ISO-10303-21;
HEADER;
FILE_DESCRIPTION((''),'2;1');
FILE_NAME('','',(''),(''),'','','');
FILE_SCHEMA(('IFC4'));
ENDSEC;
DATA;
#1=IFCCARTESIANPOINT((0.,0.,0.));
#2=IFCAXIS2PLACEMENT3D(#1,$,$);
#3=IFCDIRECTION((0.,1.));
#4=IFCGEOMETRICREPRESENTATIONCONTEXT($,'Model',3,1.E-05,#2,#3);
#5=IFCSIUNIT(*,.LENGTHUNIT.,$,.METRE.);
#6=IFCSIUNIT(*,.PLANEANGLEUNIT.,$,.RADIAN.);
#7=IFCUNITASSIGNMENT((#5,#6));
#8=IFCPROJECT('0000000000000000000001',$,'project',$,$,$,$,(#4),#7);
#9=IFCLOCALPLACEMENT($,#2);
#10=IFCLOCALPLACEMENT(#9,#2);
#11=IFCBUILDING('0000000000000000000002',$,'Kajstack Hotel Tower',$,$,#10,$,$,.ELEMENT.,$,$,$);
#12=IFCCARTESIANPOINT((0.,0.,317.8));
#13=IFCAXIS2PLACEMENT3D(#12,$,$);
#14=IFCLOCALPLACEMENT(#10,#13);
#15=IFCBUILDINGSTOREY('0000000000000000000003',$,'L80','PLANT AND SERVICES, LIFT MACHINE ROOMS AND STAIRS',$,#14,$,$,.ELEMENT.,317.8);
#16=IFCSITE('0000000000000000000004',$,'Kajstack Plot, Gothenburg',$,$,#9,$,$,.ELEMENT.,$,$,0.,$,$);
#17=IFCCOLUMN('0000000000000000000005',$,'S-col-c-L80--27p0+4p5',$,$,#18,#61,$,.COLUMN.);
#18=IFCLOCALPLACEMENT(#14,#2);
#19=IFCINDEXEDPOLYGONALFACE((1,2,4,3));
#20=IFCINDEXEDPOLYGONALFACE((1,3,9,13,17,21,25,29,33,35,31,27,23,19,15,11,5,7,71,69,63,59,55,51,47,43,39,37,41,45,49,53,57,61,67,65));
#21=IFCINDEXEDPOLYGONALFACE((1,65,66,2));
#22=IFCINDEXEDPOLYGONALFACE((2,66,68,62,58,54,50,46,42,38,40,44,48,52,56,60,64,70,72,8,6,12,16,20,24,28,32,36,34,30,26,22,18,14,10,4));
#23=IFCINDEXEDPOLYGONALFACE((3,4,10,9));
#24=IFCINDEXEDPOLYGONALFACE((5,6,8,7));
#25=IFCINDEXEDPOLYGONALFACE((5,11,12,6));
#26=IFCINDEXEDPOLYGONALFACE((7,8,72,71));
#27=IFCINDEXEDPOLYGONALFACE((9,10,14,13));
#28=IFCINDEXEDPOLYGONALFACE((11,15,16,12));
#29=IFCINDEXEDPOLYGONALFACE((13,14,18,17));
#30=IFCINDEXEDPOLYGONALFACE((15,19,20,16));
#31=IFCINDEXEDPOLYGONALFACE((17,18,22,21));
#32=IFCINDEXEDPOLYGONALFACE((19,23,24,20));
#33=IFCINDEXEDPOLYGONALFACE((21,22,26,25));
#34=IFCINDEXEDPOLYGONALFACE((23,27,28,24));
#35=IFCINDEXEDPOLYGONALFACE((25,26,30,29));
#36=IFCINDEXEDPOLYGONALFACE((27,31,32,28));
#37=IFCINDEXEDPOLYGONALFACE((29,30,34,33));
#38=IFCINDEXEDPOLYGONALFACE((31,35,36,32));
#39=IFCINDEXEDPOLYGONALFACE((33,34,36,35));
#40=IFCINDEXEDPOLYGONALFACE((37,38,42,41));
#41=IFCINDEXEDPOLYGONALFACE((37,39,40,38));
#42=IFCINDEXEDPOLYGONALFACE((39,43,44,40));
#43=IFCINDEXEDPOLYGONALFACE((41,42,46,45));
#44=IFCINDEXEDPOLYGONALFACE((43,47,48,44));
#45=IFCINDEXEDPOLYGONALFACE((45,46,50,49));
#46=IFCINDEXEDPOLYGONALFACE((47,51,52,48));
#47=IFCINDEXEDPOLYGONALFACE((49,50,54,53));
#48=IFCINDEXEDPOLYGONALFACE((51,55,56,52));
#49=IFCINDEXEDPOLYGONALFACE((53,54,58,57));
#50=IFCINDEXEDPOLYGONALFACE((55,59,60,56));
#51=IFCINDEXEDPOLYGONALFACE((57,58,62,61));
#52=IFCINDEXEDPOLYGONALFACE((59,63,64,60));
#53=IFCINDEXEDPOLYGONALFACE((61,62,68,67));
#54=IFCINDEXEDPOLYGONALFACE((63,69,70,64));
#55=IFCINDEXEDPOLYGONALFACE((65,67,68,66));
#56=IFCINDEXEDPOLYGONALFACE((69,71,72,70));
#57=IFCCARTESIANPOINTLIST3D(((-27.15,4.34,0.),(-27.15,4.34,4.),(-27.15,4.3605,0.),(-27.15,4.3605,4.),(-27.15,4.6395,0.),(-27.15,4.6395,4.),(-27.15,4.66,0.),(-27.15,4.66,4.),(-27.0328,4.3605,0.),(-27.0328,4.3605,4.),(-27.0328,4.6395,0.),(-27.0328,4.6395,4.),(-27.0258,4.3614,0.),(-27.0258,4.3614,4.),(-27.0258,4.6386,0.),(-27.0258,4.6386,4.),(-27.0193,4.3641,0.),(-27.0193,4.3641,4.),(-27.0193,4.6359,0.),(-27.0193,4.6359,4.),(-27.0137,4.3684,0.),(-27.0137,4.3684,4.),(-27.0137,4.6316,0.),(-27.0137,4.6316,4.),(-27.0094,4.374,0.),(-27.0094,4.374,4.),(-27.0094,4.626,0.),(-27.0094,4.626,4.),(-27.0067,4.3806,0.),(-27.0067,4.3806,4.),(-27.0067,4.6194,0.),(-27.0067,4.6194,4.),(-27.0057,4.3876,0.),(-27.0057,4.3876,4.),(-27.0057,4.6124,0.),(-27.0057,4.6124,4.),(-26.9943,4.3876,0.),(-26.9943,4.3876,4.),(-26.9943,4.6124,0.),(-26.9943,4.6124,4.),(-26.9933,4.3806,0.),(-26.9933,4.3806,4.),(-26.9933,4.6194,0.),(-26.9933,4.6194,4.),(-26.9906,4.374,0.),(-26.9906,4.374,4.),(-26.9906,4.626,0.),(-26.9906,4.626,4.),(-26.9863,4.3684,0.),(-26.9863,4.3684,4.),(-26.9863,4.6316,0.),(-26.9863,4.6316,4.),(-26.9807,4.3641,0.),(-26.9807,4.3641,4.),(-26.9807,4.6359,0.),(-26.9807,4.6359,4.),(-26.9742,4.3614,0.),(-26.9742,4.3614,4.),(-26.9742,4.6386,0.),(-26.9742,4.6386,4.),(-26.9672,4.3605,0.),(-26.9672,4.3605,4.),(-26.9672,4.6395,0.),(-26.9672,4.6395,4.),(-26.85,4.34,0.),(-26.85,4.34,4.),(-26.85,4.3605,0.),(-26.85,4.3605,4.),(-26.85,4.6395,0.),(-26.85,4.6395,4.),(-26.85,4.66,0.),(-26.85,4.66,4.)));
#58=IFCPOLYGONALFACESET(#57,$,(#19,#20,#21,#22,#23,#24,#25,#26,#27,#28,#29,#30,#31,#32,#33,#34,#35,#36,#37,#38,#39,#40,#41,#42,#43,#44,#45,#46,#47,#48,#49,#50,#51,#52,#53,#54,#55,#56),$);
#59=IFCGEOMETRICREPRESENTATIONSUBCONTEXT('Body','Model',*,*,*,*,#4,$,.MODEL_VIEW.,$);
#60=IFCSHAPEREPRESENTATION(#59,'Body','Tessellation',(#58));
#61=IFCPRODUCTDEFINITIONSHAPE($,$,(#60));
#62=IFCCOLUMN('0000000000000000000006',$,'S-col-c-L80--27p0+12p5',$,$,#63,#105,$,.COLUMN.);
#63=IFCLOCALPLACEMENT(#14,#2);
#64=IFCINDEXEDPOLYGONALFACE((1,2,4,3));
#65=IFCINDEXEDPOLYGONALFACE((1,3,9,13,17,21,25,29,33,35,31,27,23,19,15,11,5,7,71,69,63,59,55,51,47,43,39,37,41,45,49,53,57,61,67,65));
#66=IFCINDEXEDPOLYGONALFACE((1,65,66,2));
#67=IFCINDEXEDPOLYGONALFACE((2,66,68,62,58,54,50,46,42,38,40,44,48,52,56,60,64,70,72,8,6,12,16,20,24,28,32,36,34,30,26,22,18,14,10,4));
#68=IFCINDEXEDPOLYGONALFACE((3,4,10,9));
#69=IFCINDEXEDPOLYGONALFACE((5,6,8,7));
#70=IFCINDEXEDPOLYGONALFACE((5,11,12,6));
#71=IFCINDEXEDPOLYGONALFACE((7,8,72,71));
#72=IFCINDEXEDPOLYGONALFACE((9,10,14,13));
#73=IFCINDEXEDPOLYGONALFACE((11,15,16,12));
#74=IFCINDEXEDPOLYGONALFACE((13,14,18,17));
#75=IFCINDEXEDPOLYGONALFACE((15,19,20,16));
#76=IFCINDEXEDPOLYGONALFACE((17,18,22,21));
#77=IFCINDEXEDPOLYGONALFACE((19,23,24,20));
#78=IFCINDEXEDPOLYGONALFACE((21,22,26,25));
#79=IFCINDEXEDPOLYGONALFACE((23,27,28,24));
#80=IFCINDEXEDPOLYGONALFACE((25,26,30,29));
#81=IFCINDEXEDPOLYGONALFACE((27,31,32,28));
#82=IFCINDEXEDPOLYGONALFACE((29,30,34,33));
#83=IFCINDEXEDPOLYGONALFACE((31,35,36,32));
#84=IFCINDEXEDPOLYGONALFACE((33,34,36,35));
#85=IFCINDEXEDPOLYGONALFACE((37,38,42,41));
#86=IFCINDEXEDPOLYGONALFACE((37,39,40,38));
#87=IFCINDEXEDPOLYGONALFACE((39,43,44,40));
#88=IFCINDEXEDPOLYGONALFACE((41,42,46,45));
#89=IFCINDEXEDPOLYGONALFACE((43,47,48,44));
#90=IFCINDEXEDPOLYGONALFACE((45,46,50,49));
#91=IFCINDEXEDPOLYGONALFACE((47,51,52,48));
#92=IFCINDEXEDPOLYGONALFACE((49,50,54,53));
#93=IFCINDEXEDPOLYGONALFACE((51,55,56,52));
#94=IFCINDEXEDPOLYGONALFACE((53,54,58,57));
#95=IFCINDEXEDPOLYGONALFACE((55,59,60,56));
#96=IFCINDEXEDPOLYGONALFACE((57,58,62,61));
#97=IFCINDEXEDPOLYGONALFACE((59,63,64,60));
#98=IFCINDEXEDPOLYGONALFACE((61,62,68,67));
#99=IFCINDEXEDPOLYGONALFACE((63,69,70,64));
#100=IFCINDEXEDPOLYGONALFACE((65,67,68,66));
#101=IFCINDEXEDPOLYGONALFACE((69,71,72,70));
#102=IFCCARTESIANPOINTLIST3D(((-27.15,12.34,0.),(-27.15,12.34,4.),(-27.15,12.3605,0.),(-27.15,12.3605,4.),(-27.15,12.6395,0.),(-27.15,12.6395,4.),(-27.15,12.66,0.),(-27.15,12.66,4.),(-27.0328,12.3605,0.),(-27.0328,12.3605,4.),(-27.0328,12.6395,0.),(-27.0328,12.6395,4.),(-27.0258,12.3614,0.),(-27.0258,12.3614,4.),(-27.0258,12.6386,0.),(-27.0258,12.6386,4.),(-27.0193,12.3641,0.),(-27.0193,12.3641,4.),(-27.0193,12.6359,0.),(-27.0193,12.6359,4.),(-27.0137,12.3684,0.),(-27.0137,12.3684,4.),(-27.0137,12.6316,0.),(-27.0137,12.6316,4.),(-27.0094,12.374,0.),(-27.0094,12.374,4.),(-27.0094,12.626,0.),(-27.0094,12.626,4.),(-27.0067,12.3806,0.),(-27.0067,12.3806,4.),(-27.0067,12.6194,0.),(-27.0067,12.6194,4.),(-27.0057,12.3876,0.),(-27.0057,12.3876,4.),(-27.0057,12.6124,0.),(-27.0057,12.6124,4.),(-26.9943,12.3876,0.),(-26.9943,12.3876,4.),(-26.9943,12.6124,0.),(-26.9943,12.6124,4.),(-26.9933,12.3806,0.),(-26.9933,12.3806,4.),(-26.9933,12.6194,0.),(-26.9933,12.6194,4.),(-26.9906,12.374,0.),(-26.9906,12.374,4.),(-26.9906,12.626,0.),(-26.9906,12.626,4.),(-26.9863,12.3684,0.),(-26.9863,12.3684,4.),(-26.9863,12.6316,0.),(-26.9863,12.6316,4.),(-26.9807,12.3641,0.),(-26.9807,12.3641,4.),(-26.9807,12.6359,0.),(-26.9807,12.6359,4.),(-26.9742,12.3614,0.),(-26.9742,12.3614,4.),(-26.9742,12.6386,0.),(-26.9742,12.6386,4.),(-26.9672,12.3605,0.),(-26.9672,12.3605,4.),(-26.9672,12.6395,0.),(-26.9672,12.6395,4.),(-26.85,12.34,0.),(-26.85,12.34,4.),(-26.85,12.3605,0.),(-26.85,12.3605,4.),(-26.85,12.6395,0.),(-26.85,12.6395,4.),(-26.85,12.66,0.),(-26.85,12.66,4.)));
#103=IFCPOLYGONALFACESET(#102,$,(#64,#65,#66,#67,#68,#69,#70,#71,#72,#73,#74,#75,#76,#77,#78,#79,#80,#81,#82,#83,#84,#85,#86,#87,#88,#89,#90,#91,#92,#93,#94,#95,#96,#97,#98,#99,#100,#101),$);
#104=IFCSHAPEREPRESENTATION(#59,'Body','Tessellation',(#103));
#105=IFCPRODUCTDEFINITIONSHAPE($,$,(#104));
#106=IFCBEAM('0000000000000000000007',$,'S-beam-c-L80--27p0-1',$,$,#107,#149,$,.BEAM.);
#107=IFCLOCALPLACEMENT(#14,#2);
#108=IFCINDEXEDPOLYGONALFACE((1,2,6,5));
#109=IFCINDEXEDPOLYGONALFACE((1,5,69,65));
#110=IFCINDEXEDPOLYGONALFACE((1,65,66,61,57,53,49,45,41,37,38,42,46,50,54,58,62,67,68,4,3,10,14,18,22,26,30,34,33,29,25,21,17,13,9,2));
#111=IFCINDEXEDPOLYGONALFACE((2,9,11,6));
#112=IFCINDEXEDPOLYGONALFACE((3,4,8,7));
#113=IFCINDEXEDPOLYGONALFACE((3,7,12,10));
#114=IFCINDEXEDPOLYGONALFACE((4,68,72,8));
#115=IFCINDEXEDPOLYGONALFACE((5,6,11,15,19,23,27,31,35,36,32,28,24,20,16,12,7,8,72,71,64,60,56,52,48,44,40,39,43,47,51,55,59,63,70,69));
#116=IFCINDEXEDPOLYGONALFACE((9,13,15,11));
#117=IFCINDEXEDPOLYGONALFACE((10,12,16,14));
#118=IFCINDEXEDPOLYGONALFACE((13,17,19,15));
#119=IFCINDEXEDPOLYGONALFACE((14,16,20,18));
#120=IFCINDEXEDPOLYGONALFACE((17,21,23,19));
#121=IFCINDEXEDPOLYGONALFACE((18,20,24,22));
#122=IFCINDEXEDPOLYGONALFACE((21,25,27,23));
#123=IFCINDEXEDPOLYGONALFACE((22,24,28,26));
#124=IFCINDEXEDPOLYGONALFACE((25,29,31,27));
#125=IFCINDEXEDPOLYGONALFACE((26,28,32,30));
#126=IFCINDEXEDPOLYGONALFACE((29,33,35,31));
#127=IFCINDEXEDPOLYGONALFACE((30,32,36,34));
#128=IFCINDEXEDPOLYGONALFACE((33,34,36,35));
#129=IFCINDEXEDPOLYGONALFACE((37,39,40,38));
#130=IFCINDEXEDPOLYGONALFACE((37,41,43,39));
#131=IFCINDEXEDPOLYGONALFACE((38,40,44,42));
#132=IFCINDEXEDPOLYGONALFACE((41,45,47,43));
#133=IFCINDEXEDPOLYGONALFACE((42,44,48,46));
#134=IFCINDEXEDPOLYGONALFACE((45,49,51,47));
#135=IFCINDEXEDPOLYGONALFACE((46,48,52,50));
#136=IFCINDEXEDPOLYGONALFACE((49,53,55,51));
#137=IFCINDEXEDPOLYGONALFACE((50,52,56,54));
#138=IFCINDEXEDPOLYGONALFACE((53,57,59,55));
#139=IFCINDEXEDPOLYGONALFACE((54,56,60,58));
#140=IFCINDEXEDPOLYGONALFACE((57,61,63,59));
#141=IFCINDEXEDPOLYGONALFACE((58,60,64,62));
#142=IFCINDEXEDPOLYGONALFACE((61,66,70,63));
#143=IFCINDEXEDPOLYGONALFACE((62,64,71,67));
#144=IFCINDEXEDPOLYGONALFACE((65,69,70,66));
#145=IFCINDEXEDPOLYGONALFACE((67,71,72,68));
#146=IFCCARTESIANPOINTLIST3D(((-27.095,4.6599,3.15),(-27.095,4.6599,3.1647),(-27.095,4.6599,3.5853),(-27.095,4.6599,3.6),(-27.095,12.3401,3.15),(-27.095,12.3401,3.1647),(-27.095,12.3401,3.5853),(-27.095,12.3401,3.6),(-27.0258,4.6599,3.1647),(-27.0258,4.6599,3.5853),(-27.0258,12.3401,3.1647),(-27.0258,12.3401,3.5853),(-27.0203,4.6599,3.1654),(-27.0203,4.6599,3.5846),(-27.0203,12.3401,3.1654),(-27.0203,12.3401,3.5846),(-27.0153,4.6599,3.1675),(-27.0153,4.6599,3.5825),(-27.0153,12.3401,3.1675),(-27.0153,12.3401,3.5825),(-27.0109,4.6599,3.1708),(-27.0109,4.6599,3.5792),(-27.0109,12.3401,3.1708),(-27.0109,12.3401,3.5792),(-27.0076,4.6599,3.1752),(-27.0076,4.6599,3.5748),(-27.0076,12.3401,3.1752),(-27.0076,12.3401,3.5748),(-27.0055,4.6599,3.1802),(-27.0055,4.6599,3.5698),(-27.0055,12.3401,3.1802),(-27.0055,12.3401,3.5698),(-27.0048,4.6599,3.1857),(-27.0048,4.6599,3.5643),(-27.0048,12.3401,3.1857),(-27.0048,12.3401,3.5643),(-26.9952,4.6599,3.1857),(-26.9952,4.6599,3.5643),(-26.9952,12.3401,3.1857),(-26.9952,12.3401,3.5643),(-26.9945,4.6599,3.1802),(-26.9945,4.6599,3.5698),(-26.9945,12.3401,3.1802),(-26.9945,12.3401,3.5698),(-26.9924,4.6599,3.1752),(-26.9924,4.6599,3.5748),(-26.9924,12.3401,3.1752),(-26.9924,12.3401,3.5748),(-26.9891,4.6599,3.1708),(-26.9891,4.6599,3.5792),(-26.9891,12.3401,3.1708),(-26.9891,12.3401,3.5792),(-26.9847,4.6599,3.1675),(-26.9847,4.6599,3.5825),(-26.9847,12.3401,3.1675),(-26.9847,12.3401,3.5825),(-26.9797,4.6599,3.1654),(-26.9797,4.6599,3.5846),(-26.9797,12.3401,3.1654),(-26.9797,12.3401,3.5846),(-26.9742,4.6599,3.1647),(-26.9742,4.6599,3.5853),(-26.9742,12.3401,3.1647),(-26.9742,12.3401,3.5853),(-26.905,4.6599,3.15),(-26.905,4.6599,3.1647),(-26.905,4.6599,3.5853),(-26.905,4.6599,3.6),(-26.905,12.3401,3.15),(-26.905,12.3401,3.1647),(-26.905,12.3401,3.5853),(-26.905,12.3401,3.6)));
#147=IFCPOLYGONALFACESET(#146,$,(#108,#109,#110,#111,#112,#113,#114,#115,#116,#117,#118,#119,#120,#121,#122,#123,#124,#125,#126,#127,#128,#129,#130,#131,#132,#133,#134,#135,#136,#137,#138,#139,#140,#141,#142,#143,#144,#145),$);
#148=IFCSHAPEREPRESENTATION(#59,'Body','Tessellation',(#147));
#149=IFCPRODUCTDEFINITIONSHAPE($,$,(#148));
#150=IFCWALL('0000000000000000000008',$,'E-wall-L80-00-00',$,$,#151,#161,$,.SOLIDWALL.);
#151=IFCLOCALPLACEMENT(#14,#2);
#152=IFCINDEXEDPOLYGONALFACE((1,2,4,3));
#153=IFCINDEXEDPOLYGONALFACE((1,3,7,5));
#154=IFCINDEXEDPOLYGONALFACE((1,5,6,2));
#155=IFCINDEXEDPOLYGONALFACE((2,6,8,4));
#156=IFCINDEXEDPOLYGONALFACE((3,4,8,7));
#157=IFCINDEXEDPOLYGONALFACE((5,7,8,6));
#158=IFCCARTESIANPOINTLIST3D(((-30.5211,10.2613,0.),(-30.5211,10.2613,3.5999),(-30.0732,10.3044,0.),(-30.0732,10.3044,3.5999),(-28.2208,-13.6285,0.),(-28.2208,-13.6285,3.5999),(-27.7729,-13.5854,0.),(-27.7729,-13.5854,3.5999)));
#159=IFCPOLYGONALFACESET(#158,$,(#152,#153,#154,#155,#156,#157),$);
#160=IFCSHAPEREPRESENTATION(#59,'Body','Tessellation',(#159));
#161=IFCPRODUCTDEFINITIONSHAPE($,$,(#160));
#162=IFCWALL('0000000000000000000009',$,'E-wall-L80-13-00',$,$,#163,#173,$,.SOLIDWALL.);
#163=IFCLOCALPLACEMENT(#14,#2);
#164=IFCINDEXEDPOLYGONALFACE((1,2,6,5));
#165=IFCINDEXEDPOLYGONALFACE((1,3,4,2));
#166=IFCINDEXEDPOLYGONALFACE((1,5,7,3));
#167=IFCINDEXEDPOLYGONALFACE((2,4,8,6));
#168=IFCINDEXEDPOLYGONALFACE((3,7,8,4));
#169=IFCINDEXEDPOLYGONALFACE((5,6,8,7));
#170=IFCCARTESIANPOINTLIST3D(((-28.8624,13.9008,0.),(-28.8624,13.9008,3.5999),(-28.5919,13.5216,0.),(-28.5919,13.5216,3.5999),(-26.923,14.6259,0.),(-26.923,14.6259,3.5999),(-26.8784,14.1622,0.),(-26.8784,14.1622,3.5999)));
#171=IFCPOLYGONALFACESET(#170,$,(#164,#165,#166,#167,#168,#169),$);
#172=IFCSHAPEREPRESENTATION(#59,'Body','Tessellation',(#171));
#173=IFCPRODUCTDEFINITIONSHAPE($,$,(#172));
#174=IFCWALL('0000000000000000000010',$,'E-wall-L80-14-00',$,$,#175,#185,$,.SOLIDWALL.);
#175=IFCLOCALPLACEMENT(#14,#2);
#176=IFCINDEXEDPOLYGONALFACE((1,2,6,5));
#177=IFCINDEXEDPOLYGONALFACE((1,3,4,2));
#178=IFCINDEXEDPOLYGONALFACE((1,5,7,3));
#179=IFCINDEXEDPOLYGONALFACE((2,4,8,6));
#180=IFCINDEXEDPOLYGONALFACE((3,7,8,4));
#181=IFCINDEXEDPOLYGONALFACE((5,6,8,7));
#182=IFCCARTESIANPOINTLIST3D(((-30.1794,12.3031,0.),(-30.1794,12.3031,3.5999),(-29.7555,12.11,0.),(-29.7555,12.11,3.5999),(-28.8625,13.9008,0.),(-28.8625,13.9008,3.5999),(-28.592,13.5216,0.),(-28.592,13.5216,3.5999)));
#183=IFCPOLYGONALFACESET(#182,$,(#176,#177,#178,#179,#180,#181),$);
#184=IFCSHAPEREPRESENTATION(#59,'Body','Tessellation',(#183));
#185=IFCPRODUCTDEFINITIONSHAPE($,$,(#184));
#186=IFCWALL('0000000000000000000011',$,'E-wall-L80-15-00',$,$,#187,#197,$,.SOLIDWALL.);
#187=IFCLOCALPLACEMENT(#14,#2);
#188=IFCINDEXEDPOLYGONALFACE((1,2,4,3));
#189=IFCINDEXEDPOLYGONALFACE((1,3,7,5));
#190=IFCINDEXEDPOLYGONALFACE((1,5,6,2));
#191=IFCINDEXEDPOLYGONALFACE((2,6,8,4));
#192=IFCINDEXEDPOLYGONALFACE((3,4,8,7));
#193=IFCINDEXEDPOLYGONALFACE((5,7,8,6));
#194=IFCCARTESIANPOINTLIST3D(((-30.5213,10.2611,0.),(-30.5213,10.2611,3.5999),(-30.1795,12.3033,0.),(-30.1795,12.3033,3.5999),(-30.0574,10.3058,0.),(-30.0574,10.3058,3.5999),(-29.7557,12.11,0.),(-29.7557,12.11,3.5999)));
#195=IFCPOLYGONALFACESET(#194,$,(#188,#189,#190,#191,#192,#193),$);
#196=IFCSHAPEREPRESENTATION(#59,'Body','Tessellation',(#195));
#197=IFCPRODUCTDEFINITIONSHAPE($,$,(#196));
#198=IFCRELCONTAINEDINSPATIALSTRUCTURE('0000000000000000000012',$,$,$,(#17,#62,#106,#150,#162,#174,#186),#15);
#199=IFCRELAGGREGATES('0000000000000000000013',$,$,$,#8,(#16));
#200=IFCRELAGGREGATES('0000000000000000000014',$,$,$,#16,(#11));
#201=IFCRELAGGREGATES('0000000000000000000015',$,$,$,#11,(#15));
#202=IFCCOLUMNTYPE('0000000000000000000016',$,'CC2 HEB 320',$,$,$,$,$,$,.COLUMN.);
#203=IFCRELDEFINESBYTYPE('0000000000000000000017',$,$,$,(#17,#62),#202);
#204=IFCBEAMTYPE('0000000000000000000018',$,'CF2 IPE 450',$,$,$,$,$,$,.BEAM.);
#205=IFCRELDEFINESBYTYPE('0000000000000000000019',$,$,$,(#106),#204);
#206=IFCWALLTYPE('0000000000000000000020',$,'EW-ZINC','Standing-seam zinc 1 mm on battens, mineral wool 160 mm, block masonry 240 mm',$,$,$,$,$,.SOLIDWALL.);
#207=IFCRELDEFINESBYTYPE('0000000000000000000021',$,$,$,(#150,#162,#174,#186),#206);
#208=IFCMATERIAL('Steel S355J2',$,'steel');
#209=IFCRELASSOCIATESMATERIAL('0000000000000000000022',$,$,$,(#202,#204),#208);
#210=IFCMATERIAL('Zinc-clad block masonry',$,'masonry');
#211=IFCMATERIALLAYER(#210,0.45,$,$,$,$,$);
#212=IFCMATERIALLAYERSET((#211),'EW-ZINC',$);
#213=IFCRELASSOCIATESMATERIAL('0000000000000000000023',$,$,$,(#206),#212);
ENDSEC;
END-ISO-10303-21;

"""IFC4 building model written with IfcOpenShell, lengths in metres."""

from ifc_helpers import new_model, si_unit, direction, frame, frame_2d, origin, origin_2d, place, context, subcontext, project, spatial, polyline, rectangle, i_section, outline, extrude, material, layer, layer_set, material_profile, profile_set, type_object, element, save


model = new_model("IFC4")

# Units and contexts
model_context = context("Model", 3, precision=1e-05, world=origin(), true_north=direction((0.0, 1.0)))
body_context = subcontext(model_context, "Body", "Model", "MODEL_VIEW")
ifc_project = project(units=[si_unit("LENGTHUNIT", "METRE"), si_unit("PLANEANGLEUNIT", "RADIAN")], contexts=[model_context])

# Site, building, storey
site_placement = place(None, origin())
site = spatial("IfcSite", under=ifc_project, at=site_placement, Name="Kajstack Plot, Gothenburg", CompositionType="ELEMENT", RefElevation=0.0)
building_placement = place(site_placement, origin())
building = spatial("IfcBuilding", under=site, at=building_placement, Name="Kajstack Hotel Tower", CompositionType="ELEMENT")
storey_placement = place(building_placement, frame((0.0, 0.0, 317.8)))
storey = spatial("IfcBuildingStorey", under=building, at=storey_placement, Name="L80", Description="PLANT AND SERVICES, LIFT MACHINE ROOMS AND STAIRS", CompositionType="ELEMENT", Elevation=317.8)

# Columns
ifc_material_1 = material(Name="Steel S355J2", Category="steel")
ifc_material_profile_1 = material_profile(ifc_material_1, i_section(OverallWidth=0.3, OverallDepth=0.3201, WebThickness=0.0115, FlangeThickness=0.0205, FilletRadius=0.0271, at=origin_2d()), Name="HEB 320")
ifc_profile_set_1 = profile_set([ifc_material_profile_1], Name="Steel S355J2")
column_type = type_object("IfcColumnType", Name="CC2 HEB 320", PredefinedType="COLUMN", material=ifc_profile_set_1)
for number, where, z_axis, x_axis, name in (
    (1, (-27.0, 4.5, 0.0), (0.0, 0.0, 1.0), (1.0, 0.0, 0.0), "S-col-c-L80--27p0+4p5"),
    (2, (-27.0, 12.5, 0.0), (0.0, 0.0, 1.0), (1.0, 0.0, 0.0), "S-col-c-L80--27p0+12p5"),
):
    element("IfcColumn", number, at=place(storey_placement, frame(where, z_axis=z_axis, x_axis=x_axis)), inside=storey, type_object=column_type, Name=name, PredefinedType="COLUMN", context=body_context, shape_type="SweptSolid", body=[
        extrude(i_section(OverallWidth=0.3, OverallDepth=0.3201, WebThickness=0.0115, FlangeThickness=0.0205, FilletRadius=0.0271, at=origin_2d()), origin(), (0.0, 0.0, 1.0), 4.0),
    ])

# Beam
ifc_material_profile_2 = material_profile(ifc_material_1, i_section(OverallWidth=0.1899, OverallDepth=0.45, WebThickness=0.0095, FlangeThickness=0.0146, FilletRadius=0.021, at=origin_2d()), Name="IPE 450")
ifc_profile_set_2 = profile_set([ifc_material_profile_2], Name="Steel S355J2")
beam_type = type_object("IfcBeamType", Name="CF2 IPE 450", PredefinedType="BEAM", material=ifc_profile_set_2)
beam_placement = place(storey_placement, frame((-27.0, 4.6599, 3.375), z_axis=(0.0, 1.0, 0.0), x_axis=(-1.0, 0.0, 0.0)))
element("IfcBeam", 3, at=beam_placement, inside=storey, type_object=beam_type, Name="S-beam-c-L80--27p0-1", PredefinedType="BEAM", context=body_context, shape_type="SweptSolid", body=[
    extrude(i_section(OverallWidth=0.1899, OverallDepth=0.45, WebThickness=0.0095, FlangeThickness=0.0146, FilletRadius=0.021, at=origin_2d()), origin(), (0.0, 0.0, 1.0), 7.6802),
])

# Walls
ifc_material_2 = material(Name="Zinc-clad block masonry", Category="masonry")
ifc_layer_1 = layer(ifc_material_2, 0.45)
ifc_layer_set_1 = layer_set([ifc_layer_1], Name="EW-ZINC")
wall_type_1 = type_object("IfcWallType", Name="EW-ZINC", Description="Standing-seam zinc 1 mm on battens, mineral wool 160 mm, block masonry 240 mm", PredefinedType="SOLIDWALL", material=ifc_layer_set_1)
wall_1_placement = place(storey_placement, frame((-30.2971, 10.2827, 0.0), z_axis=(0.0, 0.0, 1.0), x_axis=(0.095845, -0.995396, 0.0)))
element("IfcWall", 4, at=wall_1_placement, inside=storey, type_object=wall_type_1, Name="E-wall-L80-00-00", PredefinedType="SOLIDWALL", context=body_context, shape_type="SweptSolid", body=[
    extrude(rectangle(XDim=24.0002, YDim=0.45, at=frame_2d((12.0, 0.0))), origin(), (0.0, 0.0, 1.0), 3.5999),
])
for number, where, z_axis, x_axis, name in (
    (5, (-26.8442, 14.4153, 0.0), (0.0, 0.0, 1.0), (-0.936678, -0.350193, 0.0), "E-wall-L80-13-00"),
    (6, (-28.689, 13.7578, 0.0), (0.0, 0.0, 1.0), (-0.636046, -0.771651, 0.0), "E-wall-L80-14-00"),
):
    element("IfcWall", number, at=place(storey_placement, frame(where, z_axis=z_axis, x_axis=x_axis)), inside=storey, type_object=wall_type_1, Name=name, PredefinedType="SOLIDWALL", context=body_context, shape_type="SweptSolid", body=[
        extrude(outline(polyline([(0.0, -0.2249), (2.0706, -0.2249), (1.95, 0.2251), (0.1206, 0.2251), (0.0, -0.2249)])), origin(), (0.0, 0.0, 1.0), 3.5999),
    ])
wall_2_placement = place(storey_placement, frame((-29.9575, 12.2661, 0.0), z_axis=(0.0, 0.0, 1.0), x_axis=(-0.165068, -0.986282, 0.0)))
element("IfcWall", 7, at=wall_2_placement, inside=storey, type_object=wall_type_1, Name="E-wall-L80-15-00", PredefinedType="SOLIDWALL", context=body_context, shape_type="SweptSolid", body=[
    extrude(outline(polyline([(0.0, -0.2251), (2.0706, -0.2251), (1.95, 0.2251), (0.1206, 0.2249), (0.0, -0.2251)])), origin(), (0.0, 0.0, 1.0), 3.5999),
])

save(model, "model.ifc")
